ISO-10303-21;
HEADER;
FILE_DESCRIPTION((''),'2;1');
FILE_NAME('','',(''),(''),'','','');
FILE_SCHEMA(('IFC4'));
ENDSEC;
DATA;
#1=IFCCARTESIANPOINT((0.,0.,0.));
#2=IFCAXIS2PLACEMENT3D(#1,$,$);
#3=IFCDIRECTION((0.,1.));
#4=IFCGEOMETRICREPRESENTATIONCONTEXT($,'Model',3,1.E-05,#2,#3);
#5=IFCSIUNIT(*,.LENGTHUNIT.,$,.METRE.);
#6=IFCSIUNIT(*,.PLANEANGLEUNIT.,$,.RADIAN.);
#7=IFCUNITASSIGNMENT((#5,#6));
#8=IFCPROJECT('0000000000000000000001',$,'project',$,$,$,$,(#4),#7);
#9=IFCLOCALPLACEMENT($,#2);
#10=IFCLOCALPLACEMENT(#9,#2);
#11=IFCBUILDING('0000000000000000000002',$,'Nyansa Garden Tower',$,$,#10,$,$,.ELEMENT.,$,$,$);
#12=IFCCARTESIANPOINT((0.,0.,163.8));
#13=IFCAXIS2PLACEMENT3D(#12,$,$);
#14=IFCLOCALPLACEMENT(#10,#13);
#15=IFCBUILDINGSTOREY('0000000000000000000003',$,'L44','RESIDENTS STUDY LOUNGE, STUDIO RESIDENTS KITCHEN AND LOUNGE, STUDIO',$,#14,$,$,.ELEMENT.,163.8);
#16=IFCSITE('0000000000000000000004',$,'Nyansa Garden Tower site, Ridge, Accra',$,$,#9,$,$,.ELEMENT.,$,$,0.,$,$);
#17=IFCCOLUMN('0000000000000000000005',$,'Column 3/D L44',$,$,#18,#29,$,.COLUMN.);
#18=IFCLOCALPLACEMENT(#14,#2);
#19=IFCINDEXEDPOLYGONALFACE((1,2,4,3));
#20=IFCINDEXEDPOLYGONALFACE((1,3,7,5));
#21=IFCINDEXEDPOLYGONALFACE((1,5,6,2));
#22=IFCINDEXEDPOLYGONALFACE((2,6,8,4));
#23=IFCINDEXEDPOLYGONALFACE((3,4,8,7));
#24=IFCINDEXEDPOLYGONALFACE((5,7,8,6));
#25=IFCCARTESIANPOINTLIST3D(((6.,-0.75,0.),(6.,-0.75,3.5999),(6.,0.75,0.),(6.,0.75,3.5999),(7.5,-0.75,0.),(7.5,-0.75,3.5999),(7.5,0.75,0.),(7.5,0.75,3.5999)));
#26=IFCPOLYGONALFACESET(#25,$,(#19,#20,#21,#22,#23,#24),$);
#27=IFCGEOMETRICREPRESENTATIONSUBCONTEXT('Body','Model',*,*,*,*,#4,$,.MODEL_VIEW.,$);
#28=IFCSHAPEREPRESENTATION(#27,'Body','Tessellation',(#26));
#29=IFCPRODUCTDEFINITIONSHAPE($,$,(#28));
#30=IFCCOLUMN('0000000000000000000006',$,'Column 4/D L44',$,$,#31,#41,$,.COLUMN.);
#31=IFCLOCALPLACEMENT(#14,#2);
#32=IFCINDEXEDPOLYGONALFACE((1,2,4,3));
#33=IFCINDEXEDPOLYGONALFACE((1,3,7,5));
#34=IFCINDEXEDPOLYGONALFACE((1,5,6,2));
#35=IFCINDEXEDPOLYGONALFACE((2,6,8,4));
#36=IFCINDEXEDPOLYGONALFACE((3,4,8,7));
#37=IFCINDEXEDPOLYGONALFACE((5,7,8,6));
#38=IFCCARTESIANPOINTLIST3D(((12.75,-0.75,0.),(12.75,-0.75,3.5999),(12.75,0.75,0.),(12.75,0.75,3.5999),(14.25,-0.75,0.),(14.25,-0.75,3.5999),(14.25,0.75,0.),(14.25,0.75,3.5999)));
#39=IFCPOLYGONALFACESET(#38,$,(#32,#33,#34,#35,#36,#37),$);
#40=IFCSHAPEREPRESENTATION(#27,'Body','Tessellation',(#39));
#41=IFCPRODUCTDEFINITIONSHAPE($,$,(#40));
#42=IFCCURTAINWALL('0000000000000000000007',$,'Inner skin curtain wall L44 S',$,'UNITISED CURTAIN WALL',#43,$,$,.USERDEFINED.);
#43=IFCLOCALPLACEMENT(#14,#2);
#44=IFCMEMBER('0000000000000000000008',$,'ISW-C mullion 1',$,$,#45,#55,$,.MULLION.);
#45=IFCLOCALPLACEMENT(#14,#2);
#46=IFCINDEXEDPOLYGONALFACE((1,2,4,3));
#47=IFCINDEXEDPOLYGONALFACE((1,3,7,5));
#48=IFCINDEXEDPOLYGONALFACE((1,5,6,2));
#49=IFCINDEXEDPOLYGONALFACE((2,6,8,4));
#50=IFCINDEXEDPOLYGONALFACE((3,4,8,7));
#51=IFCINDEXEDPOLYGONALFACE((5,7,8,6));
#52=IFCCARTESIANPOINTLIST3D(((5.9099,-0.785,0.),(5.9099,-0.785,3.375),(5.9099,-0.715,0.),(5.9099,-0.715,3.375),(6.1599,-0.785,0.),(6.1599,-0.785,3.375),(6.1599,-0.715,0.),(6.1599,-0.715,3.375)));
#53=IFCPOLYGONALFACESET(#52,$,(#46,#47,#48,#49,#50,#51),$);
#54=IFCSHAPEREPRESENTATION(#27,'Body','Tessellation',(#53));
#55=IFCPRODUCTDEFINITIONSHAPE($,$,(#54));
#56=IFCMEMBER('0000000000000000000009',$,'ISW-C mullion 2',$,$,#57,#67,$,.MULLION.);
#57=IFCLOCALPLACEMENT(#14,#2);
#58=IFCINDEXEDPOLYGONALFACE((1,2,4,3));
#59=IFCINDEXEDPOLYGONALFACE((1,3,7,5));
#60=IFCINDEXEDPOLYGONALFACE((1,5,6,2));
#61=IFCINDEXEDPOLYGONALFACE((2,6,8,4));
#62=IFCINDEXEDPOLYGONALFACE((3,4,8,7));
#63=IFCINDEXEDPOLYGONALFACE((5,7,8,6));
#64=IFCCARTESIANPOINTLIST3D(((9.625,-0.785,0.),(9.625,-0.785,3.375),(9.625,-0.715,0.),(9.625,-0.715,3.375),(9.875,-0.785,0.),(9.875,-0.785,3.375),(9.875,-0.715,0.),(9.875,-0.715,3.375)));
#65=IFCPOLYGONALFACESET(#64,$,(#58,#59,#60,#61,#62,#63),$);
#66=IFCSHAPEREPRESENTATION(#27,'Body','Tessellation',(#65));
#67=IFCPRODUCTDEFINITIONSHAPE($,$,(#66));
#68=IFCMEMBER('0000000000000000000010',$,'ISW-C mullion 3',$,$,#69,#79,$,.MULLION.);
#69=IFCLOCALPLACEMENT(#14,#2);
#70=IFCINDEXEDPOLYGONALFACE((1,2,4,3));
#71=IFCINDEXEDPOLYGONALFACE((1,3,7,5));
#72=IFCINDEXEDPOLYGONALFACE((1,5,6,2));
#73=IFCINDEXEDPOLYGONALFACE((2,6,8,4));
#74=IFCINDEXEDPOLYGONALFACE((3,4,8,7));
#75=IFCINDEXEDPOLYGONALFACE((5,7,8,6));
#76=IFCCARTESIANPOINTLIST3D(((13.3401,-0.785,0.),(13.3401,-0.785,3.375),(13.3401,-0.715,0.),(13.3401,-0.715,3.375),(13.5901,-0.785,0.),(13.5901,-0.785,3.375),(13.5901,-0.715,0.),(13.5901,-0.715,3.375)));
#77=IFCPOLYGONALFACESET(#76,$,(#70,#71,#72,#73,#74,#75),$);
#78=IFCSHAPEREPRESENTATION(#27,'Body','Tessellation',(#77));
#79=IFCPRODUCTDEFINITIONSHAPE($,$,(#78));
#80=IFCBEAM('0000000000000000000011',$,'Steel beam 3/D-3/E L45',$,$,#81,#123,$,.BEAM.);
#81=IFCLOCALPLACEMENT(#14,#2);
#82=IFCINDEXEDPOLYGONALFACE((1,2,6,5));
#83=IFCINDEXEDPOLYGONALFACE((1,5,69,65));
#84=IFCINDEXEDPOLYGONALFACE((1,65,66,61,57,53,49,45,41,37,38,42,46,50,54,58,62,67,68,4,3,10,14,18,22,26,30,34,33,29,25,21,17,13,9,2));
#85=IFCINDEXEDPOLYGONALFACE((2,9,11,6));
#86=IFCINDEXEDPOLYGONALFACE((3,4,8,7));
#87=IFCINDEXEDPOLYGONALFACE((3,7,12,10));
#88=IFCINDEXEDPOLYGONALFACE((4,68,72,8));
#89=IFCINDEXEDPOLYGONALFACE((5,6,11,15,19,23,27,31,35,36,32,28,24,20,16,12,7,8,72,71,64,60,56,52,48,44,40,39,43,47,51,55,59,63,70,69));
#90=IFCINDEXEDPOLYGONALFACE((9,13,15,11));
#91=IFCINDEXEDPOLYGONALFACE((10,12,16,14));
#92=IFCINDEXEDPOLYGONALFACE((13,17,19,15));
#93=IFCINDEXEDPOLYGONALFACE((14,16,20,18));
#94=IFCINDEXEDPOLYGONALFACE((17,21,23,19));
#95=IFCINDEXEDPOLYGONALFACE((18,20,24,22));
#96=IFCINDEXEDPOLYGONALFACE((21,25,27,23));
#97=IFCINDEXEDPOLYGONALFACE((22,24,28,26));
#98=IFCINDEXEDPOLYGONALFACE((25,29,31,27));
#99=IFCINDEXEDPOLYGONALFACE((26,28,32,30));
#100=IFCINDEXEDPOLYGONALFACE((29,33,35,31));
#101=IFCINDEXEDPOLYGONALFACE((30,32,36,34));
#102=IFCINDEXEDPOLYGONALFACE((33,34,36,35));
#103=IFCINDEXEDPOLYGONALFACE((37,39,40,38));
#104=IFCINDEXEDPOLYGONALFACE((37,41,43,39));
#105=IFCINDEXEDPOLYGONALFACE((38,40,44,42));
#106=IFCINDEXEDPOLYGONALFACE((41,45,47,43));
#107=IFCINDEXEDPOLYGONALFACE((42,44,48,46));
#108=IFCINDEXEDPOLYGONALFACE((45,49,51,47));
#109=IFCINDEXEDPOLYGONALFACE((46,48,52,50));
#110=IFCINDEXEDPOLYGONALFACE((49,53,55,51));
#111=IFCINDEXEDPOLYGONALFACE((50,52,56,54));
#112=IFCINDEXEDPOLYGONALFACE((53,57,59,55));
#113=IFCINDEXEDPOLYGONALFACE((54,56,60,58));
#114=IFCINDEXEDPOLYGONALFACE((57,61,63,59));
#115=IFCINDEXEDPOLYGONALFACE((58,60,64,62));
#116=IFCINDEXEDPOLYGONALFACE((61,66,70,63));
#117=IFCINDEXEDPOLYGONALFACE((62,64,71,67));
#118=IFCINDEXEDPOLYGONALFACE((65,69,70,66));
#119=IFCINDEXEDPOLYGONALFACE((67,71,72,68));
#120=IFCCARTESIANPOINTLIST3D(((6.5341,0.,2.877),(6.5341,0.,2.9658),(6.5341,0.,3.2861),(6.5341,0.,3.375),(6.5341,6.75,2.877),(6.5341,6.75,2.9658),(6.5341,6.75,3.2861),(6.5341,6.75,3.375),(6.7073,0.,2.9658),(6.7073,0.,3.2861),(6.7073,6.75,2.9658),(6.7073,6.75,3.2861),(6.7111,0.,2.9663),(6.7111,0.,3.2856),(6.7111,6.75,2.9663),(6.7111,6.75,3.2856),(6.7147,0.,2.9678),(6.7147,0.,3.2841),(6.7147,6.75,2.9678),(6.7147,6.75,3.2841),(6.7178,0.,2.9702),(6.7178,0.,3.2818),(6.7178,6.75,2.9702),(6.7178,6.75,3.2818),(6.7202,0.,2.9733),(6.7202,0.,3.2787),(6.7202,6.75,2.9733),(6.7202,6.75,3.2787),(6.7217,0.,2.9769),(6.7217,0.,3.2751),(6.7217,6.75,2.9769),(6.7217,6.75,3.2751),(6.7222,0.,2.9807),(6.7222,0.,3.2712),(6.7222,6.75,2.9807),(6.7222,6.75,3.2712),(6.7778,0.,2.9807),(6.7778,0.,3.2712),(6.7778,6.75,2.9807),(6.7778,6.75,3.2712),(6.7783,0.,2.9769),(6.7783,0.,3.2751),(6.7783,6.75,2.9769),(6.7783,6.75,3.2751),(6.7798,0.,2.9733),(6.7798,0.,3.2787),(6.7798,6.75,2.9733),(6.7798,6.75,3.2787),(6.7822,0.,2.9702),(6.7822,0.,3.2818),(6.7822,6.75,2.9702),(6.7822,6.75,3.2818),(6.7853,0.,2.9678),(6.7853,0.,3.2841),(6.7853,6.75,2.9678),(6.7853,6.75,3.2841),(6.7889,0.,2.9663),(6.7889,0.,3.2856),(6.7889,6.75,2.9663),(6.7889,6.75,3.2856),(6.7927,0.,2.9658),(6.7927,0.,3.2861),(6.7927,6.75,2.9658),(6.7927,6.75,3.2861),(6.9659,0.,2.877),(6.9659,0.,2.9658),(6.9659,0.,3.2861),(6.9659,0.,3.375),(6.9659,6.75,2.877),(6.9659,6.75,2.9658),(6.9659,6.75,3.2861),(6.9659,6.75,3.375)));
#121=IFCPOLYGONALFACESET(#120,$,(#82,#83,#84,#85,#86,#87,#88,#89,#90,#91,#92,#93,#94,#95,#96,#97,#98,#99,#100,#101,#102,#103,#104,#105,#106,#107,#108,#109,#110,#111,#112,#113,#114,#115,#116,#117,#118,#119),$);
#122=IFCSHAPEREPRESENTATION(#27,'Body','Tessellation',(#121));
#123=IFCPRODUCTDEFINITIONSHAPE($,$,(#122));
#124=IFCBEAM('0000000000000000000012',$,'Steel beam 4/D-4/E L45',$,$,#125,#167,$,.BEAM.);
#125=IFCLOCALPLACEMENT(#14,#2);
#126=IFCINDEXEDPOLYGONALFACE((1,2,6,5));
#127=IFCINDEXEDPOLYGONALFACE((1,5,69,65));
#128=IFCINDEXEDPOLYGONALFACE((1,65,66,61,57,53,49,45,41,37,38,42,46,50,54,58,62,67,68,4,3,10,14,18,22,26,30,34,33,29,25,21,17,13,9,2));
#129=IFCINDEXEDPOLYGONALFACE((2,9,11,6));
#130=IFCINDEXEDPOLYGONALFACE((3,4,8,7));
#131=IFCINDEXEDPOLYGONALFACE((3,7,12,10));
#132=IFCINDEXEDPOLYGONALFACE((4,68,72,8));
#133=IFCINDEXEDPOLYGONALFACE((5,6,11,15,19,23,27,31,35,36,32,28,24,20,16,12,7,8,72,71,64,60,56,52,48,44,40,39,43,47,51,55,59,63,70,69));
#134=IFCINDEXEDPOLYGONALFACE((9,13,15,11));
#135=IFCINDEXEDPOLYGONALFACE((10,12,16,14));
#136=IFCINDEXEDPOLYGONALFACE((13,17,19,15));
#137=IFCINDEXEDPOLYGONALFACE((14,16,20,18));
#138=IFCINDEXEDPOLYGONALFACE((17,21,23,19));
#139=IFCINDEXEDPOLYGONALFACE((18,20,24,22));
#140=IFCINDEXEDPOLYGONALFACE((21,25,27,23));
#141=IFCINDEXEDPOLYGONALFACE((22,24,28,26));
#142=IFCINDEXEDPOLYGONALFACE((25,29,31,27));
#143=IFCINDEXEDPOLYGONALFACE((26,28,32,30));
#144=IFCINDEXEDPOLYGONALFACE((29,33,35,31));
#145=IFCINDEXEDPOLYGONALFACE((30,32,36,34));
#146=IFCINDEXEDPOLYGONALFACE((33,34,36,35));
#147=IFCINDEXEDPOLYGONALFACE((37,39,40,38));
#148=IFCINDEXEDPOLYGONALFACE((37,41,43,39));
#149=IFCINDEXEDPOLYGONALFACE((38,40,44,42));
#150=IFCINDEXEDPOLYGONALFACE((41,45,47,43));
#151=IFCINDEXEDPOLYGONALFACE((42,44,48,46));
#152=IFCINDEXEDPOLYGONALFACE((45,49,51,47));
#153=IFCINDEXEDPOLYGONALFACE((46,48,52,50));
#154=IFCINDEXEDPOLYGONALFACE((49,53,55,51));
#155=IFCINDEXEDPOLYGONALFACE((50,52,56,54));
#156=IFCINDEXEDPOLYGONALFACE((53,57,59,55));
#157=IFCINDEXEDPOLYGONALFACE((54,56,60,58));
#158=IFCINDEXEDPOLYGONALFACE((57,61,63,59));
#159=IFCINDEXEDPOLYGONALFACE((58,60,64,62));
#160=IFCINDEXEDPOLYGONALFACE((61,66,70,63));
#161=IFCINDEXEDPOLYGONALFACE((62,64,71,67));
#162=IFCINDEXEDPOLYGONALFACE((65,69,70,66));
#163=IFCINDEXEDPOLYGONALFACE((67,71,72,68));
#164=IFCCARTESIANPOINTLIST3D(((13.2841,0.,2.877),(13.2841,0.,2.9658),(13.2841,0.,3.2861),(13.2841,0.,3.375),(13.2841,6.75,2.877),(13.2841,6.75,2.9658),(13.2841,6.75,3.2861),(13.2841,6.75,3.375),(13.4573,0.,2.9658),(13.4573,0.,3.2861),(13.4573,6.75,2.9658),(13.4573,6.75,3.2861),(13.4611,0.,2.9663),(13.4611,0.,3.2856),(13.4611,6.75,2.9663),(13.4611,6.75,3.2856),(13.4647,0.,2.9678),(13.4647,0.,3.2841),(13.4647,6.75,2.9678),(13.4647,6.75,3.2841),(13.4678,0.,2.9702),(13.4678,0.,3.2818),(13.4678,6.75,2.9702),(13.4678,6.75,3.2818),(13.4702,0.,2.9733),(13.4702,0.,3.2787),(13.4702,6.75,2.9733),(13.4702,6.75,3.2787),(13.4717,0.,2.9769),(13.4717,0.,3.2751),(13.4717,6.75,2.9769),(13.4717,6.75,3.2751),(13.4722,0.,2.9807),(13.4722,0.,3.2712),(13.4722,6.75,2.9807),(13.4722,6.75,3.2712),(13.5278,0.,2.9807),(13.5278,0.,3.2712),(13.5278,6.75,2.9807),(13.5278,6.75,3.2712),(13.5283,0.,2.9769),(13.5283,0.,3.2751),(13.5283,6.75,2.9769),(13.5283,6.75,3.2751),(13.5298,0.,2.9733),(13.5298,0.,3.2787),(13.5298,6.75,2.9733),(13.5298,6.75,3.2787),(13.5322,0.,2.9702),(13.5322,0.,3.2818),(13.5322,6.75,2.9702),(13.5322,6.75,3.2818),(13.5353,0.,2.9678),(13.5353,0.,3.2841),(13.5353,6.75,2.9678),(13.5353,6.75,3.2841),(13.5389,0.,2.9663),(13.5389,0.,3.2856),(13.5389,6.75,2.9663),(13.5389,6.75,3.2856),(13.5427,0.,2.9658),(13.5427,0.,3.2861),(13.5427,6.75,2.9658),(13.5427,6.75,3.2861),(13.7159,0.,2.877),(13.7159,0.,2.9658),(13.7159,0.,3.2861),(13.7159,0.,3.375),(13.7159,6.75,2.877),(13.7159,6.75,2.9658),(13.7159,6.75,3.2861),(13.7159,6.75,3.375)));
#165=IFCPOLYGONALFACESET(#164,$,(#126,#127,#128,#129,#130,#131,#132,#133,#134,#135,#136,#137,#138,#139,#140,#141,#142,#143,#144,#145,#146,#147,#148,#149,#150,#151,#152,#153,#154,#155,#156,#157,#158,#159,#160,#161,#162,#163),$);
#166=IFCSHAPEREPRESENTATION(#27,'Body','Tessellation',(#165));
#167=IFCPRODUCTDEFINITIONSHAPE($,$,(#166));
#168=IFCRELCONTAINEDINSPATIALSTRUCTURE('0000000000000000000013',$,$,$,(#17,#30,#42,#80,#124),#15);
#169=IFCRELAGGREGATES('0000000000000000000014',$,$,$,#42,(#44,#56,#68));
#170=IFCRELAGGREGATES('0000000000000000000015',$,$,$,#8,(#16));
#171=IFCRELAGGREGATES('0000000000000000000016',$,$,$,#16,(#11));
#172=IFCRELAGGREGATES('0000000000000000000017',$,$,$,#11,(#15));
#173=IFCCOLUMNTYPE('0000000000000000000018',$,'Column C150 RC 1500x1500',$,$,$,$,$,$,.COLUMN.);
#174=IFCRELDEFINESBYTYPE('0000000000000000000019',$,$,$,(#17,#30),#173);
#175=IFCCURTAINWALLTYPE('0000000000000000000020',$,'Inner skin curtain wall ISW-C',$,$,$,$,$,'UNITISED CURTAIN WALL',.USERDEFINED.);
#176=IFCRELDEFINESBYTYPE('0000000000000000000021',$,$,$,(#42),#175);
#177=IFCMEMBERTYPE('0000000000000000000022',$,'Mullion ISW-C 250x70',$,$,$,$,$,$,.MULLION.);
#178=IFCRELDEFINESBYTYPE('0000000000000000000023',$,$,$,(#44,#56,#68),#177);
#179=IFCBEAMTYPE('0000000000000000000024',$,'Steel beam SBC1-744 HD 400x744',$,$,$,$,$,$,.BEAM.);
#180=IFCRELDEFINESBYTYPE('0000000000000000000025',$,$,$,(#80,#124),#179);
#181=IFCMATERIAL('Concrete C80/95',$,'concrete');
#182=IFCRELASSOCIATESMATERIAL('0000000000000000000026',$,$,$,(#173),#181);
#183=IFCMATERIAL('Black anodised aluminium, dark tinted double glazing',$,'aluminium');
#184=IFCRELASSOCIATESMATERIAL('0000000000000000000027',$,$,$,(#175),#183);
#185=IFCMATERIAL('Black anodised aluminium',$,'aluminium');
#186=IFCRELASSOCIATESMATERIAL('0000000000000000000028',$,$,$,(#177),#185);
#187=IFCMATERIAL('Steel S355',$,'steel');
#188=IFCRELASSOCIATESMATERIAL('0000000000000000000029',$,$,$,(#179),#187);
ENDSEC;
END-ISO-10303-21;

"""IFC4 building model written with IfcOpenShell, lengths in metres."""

from ifc_helpers import new_model, si_unit, direction, frame, origin, origin_2d, place, context, subcontext, project, spatial, rectangle, i_section, extrude, material, material_profile, profile_set, type_object, element, aggregate, save


model = new_model("IFC4")

# Units and contexts
model_context = context("Model", 3, precision=1e-05, world=origin(), true_north=direction((0.0, 1.0)))
body_context = subcontext(model_context, "Body", "Model", "MODEL_VIEW")
ifc_project = project(units=[si_unit("LENGTHUNIT", "METRE"), si_unit("PLANEANGLEUNIT", "RADIAN")], contexts=[model_context])

# Site, building, storey
site_placement = place(None, origin())
site = spatial("IfcSite", under=ifc_project, at=site_placement, Name="Nyansa Garden Tower site, Ridge, Accra", CompositionType="ELEMENT", RefElevation=0.0)
building_placement = place(site_placement, origin())
building = spatial("IfcBuilding", under=site, at=building_placement, Name="Nyansa Garden Tower", CompositionType="ELEMENT")
storey_placement = place(building_placement, frame((0.0, 0.0, 163.8)))
storey = spatial("IfcBuildingStorey", under=building, at=storey_placement, Name="L44", Description="RESIDENTS STUDY LOUNGE, STUDIO RESIDENTS KITCHEN AND LOUNGE, STUDIO", CompositionType="ELEMENT", Elevation=163.8)

# Columns
ifc_material_1 = material(Name="Concrete C80/95", Category="concrete")
ifc_material_profile_1 = material_profile(ifc_material_1, rectangle(XDim=1.5, YDim=1.5, at=origin_2d()), Name="RC 1500x1500")
ifc_profile_set_1 = profile_set([ifc_material_profile_1], Name="Concrete C80/95")
column_type = type_object("IfcColumnType", Name="Column C150 RC 1500x1500", PredefinedType="COLUMN", material=ifc_profile_set_1)
for number, where, z_axis, x_axis, name in (
    (1, (6.75, 0.0, 0.0), (0.0, 0.0, 1.0), (1.0, 0.0, 0.0), "Column 3/D L44"),
    (2, (13.5, 0.0, 0.0), (0.0, 0.0, 1.0), (1.0, 0.0, 0.0), "Column 4/D L44"),
):
    element("IfcColumn", number, at=place(storey_placement, frame(where, z_axis=z_axis, x_axis=x_axis)), inside=storey, type_object=column_type, Name=name, PredefinedType="COLUMN", context=body_context, shape_type="SweptSolid", body=[
        extrude(rectangle(XDim=1.5, YDim=1.5, at=origin_2d()), origin(), (0.0, 0.0, 1.0), 3.5999),
    ])

# Curtain wall, members
ifc_material_2 = material(Name="Black anodised aluminium, dark tinted double glazing", Category="aluminium")
curtain_wall_type = type_object("IfcCurtainWallType", Name="Inner skin curtain wall ISW-C", ElementType="UNITISED CURTAIN WALL", PredefinedType="USERDEFINED", material=ifc_material_2)
curtain_wall_placement = place(storey_placement, origin())
curtain_wall = element("IfcCurtainWall", 3, at=curtain_wall_placement, inside=storey, type_object=curtain_wall_type, Name="Inner skin curtain wall L44 S", ObjectType="UNITISED CURTAIN WALL", PredefinedType="USERDEFINED")
ifc_material_3 = material(Name="Black anodised aluminium", Category="aluminium")
ifc_material_profile_2 = material_profile(ifc_material_3, rectangle(XDim=0.0701, YDim=0.25, at=origin_2d()), Name="Mullion 250x70")
ifc_profile_set_2 = profile_set([ifc_material_profile_2], Name="Black anodised aluminium")
member_type_1 = type_object("IfcMemberType", Name="Mullion ISW-C 250x70", PredefinedType="MULLION", material=ifc_profile_set_2)
member_1_placement = place(storey_placement, frame((6.0349, -0.75, 0.0), z_axis=(0.0, 0.0, 1.0), x_axis=(0.0, 1.0, 0.0)))
member_1 = element("IfcMember", 4, at=member_1_placement, type_object=member_type_1, Name="ISW-C mullion 1", PredefinedType="MULLION", context=body_context, shape_type="SweptSolid", body=[
    extrude(rectangle(XDim=0.0701, YDim=0.25, at=origin_2d()), origin(), (0.0, 0.0, 1.0), 3.375),
])
member_2_placement = place(storey_placement, frame((9.75, -0.75, 0.0), z_axis=(0.0, 0.0, 1.0), x_axis=(0.0, 1.0, 0.0)))
member_2 = element("IfcMember", 5, at=member_2_placement, type_object=member_type_1, Name="ISW-C mullion 2", PredefinedType="MULLION", context=body_context, shape_type="SweptSolid", body=[
    extrude(rectangle(XDim=0.0701, YDim=0.25, at=origin_2d()), origin(), (0.0, 0.0, 1.0), 3.375),
])
member_3_placement = place(storey_placement, frame((13.4651, -0.75, 0.0), z_axis=(0.0, 0.0, 1.0), x_axis=(0.0, 1.0, 0.0)))
member_3 = element("IfcMember", 6, at=member_3_placement, type_object=member_type_1, Name="ISW-C mullion 3", PredefinedType="MULLION", context=body_context, shape_type="SweptSolid", body=[
    extrude(rectangle(XDim=0.0701, YDim=0.25, at=origin_2d()), origin(), (0.0, 0.0, 1.0), 3.375),
])

# Beams
ifc_material_4 = material(Name="Steel S355", Category="steel")
ifc_material_profile_3 = material_profile(ifc_material_4, i_section(OverallWidth=0.4319, OverallDepth=0.498, WebThickness=0.0557, FlangeThickness=0.0889, FilletRadius=0.0149, at=origin_2d()), Name="HD 400x744")
ifc_profile_set_3 = profile_set([ifc_material_profile_3], Name="Steel S355")
beam_type_1 = type_object("IfcBeamType", Name="Steel beam SBC1-744 HD 400x744", PredefinedType="BEAM", material=ifc_profile_set_3)
for number, where, z_axis, x_axis, name in (
    (7, (6.75, 0.0, 3.126), (0.0, 1.0, 0.0), (-1.0, 0.0, 0.0), "Steel beam 3/D-3/E L45"),
    (8, (13.5, 0.0, 3.126), (0.0, 1.0, 0.0), (-1.0, 0.0, 0.0), "Steel beam 4/D-4/E L45"),
):
    element("IfcBeam", number, at=place(storey_placement, frame(where, z_axis=z_axis, x_axis=x_axis)), inside=storey, type_object=beam_type_1, Name=name, PredefinedType="BEAM", context=body_context, shape_type="SweptSolid", body=[
        extrude(i_section(OverallWidth=0.4319, OverallDepth=0.498, WebThickness=0.0557, FlangeThickness=0.0889, FilletRadius=0.0149, at=origin_2d()), origin(), (0.0, 0.0, 1.0), 6.75),
    ])

aggregate(curtain_wall, [member_1, member_2, member_3])

save(model, "model.ifc")
